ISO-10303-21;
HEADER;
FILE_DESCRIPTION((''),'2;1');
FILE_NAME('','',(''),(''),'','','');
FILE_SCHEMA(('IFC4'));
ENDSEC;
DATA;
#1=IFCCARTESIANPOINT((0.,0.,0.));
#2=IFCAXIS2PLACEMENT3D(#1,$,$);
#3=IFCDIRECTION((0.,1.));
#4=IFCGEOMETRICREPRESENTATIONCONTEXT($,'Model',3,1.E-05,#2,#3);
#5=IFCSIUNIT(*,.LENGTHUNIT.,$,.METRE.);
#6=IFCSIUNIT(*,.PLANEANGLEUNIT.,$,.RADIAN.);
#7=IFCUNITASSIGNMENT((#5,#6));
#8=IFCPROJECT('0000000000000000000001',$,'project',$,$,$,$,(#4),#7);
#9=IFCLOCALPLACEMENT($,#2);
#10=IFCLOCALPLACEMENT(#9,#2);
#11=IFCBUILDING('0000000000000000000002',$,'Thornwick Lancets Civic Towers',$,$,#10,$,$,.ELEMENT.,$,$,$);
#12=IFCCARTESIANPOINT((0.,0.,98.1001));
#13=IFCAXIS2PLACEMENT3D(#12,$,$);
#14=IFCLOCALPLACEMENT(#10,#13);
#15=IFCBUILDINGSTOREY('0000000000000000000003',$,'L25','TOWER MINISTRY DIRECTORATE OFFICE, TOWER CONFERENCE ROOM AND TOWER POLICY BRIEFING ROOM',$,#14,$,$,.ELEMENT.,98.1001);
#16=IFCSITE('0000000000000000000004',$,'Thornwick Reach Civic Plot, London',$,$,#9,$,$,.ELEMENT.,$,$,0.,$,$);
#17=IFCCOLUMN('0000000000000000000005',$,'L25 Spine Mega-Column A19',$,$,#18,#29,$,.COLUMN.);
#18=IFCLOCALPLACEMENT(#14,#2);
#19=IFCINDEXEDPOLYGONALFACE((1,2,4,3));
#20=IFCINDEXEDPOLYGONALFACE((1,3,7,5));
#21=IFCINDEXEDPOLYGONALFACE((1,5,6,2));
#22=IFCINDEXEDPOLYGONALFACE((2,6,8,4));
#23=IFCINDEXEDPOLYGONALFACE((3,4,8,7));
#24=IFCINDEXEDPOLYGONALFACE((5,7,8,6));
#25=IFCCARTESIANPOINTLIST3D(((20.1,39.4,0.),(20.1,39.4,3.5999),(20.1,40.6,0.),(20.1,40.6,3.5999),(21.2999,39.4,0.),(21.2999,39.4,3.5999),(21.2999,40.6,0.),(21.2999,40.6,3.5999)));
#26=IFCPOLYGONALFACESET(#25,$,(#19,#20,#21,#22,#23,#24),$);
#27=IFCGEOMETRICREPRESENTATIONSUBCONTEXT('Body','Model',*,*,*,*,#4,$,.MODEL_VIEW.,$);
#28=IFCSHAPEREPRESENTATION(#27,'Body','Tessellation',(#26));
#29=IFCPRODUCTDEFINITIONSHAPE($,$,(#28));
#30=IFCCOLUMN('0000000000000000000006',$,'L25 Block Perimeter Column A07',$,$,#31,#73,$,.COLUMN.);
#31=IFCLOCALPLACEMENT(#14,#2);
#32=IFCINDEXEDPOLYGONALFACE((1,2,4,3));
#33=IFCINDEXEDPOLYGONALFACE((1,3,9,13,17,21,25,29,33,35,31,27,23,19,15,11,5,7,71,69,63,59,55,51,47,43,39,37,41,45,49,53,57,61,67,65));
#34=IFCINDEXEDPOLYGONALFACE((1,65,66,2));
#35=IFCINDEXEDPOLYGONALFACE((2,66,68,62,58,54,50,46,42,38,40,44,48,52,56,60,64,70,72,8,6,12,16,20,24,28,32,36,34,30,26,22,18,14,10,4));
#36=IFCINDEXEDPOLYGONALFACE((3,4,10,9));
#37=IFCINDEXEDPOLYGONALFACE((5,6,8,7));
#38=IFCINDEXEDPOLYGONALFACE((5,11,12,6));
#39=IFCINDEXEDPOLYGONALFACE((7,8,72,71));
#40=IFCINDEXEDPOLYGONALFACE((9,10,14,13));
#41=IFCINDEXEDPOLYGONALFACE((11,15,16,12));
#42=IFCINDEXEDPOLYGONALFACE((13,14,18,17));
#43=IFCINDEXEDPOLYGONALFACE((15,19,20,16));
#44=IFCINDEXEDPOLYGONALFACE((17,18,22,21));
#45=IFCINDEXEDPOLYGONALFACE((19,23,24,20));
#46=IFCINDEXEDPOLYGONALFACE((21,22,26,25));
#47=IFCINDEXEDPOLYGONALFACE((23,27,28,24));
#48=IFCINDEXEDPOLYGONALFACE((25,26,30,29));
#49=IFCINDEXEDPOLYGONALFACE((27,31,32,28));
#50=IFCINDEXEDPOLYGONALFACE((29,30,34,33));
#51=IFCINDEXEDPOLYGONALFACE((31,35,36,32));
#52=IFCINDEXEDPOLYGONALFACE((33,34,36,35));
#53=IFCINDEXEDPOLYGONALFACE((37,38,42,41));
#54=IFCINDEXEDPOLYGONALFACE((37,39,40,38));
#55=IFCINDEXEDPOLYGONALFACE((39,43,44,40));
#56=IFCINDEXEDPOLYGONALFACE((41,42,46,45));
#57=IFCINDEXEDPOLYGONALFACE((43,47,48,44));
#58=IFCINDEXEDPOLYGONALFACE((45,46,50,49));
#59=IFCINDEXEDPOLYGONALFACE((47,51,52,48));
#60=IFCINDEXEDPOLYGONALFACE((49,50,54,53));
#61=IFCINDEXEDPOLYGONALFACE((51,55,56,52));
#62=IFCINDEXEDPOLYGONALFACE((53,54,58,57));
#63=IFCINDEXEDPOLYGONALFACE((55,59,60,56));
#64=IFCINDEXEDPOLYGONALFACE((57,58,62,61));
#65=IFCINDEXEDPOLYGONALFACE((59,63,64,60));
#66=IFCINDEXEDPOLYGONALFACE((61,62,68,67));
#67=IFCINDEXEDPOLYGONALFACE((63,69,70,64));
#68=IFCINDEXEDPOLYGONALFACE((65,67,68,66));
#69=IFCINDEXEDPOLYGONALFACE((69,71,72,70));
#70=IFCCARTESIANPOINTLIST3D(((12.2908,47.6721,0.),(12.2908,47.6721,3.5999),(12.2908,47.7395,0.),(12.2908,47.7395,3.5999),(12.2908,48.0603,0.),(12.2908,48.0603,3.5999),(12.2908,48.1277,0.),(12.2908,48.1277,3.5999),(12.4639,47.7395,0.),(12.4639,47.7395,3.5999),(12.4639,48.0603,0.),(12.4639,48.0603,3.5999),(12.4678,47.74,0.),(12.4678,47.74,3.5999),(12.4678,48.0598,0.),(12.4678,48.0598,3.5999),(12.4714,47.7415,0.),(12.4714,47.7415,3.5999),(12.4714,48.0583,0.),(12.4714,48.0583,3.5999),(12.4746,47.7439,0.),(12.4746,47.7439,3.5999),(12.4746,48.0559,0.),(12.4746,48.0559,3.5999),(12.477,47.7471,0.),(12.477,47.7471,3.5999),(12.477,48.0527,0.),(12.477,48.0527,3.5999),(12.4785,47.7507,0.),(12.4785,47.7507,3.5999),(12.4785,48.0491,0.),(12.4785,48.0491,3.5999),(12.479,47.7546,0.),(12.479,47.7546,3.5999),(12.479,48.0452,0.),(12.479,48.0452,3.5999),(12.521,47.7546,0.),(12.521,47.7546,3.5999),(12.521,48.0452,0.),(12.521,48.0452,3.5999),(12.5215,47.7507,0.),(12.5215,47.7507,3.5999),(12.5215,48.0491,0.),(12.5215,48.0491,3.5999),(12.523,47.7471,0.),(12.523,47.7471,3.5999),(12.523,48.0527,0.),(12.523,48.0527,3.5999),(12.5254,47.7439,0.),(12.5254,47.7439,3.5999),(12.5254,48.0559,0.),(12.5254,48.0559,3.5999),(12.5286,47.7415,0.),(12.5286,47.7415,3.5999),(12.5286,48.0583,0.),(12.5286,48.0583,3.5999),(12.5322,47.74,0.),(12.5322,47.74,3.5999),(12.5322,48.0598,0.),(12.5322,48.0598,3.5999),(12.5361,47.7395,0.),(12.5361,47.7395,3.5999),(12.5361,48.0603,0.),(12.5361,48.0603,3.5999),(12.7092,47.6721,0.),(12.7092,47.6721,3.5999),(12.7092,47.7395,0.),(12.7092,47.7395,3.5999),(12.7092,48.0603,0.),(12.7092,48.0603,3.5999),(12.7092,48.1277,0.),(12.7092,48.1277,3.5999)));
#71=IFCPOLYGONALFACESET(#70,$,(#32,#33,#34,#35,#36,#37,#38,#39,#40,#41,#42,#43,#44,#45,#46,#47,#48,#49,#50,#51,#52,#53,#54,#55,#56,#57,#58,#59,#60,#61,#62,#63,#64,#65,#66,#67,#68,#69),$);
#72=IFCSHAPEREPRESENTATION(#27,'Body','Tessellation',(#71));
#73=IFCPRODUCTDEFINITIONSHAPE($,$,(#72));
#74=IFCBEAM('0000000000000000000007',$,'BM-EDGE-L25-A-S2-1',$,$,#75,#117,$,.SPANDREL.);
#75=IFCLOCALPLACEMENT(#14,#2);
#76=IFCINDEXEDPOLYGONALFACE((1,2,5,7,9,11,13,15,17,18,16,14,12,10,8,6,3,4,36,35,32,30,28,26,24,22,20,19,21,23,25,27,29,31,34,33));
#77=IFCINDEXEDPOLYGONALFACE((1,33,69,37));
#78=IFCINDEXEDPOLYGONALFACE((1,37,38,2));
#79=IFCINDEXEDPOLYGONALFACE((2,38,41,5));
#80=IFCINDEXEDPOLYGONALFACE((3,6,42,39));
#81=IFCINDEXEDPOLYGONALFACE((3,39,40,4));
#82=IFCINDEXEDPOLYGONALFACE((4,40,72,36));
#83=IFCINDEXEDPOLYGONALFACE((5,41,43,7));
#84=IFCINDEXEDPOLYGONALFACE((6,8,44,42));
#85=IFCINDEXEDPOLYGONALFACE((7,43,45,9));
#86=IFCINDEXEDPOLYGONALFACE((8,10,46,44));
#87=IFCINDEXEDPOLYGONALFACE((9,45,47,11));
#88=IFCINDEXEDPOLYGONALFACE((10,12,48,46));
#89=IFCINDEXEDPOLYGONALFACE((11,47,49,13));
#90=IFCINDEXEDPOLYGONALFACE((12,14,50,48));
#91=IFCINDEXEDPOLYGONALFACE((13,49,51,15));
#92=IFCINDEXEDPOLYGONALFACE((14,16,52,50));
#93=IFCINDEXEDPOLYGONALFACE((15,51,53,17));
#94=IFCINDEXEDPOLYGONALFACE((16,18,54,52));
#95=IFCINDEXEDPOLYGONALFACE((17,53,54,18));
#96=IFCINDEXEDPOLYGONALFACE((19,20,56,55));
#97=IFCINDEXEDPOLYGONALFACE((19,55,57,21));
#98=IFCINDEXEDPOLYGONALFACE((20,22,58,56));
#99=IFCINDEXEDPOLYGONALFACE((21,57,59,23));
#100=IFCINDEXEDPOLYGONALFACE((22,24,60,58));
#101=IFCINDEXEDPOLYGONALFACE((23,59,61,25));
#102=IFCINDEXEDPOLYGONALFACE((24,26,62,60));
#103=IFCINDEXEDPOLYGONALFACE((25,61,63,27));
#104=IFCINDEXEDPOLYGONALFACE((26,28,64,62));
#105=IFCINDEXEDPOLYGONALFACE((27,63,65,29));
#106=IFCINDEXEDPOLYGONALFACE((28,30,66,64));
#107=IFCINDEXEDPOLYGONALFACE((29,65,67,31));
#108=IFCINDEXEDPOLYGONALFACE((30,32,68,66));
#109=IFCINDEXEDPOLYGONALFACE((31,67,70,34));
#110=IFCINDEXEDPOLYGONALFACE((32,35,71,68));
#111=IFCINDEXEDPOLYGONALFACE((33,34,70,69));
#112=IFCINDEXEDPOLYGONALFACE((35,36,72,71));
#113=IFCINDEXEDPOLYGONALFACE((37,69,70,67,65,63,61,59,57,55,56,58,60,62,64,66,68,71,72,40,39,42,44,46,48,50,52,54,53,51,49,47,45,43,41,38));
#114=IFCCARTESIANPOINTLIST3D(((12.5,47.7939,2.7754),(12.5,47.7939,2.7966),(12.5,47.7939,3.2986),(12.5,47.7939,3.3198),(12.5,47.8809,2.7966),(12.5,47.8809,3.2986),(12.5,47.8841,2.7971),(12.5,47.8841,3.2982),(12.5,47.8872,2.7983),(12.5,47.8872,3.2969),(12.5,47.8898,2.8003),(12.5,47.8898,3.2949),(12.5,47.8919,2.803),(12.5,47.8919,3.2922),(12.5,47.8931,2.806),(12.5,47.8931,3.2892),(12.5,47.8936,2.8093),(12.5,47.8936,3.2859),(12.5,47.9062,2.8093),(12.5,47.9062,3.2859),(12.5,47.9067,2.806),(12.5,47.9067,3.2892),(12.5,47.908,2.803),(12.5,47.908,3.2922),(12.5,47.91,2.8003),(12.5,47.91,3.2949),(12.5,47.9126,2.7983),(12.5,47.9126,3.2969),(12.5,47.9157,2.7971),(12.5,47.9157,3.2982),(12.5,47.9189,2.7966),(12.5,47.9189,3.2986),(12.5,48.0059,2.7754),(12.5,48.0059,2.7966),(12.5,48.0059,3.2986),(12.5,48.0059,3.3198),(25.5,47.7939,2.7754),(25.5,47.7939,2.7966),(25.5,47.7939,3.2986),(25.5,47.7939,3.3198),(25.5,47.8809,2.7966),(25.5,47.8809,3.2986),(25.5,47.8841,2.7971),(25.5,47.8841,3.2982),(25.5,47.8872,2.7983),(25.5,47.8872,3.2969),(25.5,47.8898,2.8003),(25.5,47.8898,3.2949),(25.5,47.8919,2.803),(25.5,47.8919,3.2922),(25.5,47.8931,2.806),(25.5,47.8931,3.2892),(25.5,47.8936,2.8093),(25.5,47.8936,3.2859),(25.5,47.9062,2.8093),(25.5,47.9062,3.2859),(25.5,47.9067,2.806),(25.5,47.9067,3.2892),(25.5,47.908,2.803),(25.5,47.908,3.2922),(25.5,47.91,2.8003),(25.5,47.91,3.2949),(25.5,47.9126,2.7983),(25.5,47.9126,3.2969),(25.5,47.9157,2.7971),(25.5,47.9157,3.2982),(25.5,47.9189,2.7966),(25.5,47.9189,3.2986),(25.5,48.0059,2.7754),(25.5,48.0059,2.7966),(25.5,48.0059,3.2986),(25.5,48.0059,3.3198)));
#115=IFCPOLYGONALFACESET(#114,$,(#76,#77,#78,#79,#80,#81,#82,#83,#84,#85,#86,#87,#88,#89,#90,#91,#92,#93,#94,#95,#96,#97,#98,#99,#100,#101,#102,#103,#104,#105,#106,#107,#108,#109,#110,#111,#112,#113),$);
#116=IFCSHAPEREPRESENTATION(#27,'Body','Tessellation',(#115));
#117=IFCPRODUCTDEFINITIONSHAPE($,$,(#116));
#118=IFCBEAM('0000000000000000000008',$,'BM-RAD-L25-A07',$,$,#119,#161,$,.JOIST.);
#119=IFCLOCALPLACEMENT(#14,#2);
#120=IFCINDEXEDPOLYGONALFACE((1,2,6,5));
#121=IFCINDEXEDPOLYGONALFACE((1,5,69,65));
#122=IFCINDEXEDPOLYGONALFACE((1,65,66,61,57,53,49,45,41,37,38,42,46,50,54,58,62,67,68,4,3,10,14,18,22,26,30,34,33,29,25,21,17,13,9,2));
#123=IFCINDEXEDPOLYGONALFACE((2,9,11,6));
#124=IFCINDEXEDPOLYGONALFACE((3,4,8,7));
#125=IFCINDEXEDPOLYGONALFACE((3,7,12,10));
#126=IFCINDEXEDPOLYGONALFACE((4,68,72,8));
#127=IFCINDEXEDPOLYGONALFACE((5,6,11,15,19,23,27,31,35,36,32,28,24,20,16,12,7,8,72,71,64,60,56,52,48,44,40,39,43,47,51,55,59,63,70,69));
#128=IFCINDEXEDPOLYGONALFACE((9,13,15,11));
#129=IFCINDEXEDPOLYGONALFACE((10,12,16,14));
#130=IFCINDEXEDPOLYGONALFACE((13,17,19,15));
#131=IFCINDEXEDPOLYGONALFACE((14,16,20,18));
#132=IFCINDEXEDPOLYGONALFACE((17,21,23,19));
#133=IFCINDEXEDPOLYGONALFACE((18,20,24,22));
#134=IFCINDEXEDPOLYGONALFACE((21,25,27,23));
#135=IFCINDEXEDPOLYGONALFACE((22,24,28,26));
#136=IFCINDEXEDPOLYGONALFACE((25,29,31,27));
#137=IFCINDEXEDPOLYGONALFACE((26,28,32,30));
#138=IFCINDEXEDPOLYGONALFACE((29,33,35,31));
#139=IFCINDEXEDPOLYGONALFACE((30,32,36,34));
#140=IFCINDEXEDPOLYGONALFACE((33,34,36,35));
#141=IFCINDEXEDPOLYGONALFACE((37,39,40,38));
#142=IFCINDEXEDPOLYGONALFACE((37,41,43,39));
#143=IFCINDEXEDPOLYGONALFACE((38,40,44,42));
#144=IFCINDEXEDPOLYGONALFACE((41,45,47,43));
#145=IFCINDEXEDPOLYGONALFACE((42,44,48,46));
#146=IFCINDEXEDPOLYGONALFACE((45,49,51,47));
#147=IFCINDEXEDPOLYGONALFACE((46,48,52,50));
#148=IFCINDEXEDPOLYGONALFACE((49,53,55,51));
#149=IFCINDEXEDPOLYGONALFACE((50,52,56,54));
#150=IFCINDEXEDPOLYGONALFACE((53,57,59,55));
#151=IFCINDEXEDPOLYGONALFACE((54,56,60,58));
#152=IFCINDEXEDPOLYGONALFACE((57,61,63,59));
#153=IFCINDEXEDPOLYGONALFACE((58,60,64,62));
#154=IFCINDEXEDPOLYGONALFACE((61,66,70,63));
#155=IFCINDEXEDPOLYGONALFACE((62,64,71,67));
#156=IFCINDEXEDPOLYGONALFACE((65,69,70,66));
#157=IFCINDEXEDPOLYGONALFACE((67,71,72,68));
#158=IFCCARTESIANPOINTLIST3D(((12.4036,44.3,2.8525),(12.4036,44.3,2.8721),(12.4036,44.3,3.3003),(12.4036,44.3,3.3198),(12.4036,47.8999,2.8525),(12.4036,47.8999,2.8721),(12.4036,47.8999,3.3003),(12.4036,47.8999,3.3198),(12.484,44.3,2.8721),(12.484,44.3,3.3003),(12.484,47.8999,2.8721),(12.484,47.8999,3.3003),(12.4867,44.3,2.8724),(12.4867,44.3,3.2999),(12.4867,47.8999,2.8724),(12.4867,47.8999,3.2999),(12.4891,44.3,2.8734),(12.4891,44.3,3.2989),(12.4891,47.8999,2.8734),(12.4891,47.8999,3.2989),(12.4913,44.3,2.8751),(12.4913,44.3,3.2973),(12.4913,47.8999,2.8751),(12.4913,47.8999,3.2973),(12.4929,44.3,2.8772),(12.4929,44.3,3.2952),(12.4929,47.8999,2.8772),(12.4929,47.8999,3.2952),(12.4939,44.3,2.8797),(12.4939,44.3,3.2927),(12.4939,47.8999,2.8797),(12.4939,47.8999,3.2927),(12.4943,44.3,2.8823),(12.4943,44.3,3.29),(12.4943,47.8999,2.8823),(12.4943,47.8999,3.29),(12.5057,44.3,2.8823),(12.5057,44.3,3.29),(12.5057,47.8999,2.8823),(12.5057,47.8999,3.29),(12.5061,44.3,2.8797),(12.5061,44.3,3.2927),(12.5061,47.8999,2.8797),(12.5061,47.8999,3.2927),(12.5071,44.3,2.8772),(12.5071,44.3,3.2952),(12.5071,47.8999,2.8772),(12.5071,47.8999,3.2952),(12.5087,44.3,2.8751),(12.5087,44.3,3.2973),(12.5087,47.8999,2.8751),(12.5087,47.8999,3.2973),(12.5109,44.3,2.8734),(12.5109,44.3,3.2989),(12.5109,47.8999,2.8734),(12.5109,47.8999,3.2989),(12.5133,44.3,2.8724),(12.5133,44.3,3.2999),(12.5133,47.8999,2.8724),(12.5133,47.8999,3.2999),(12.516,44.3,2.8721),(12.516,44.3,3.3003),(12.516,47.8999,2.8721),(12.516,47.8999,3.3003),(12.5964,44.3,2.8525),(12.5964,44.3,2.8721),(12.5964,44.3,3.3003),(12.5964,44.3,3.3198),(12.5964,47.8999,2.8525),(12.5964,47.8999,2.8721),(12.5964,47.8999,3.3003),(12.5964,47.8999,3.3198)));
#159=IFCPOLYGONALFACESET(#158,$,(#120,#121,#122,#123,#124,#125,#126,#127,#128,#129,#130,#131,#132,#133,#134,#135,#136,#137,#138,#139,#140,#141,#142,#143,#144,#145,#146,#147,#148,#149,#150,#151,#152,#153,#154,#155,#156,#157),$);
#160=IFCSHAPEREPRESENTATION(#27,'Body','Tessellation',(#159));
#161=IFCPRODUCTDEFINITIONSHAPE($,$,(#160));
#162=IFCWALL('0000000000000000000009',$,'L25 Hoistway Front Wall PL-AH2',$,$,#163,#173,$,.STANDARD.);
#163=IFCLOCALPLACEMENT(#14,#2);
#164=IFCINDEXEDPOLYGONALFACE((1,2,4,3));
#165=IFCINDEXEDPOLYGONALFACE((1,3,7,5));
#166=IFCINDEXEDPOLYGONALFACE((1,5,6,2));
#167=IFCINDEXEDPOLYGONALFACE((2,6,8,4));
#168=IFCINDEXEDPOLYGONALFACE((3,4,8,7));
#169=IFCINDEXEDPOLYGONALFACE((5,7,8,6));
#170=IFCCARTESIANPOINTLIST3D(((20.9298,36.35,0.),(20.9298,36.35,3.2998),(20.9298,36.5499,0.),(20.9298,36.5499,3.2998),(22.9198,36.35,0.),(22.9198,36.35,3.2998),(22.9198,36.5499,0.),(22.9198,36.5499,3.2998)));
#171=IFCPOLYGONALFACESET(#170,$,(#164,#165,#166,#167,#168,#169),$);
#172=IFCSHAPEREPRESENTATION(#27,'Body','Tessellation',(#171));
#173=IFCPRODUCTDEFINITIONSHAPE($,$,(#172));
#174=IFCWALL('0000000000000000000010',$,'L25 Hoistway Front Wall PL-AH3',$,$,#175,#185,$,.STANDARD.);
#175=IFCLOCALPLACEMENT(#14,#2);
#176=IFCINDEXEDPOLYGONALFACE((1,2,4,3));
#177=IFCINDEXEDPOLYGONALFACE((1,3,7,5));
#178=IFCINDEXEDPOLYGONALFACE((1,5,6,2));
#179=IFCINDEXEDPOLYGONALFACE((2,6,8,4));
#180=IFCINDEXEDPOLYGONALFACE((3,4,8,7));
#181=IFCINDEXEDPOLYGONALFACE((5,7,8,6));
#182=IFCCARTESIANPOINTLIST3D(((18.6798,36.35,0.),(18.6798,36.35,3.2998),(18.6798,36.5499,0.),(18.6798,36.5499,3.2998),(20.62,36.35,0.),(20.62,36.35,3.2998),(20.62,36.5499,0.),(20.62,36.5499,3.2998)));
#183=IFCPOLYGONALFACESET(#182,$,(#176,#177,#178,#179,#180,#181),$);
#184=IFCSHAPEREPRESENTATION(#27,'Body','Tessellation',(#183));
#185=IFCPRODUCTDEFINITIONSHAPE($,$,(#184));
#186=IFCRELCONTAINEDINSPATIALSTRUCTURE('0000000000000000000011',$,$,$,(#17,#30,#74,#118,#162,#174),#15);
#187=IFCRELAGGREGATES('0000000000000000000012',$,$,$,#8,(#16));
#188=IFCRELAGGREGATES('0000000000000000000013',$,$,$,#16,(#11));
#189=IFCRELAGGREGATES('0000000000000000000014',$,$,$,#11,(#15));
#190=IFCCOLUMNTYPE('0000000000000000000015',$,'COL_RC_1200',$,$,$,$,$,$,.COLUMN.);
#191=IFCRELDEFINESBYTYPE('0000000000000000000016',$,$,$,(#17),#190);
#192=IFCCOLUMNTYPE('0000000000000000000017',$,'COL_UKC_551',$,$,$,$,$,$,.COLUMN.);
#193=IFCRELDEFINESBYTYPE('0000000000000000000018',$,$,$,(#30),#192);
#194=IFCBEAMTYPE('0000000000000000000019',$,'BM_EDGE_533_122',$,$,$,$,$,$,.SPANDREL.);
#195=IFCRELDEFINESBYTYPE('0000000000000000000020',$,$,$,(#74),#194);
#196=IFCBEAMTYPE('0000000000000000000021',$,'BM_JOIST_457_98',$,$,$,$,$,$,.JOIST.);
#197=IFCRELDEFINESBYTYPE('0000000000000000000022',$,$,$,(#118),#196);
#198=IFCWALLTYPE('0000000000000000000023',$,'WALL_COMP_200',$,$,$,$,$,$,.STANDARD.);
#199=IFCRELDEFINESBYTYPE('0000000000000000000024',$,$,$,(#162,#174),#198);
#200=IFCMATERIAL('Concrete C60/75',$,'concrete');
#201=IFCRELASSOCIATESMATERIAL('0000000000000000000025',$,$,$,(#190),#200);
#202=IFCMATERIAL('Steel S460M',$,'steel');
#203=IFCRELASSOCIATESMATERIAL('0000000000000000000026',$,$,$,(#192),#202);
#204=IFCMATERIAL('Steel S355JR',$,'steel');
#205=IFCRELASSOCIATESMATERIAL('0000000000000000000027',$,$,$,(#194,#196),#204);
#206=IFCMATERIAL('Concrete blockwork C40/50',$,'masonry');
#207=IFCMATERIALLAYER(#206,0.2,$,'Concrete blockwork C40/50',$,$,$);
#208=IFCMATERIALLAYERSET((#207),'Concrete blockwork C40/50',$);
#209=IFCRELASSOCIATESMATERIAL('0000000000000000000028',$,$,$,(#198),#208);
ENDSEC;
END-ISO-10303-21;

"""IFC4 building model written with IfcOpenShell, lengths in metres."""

from ifc_helpers import new_model, si_unit, direction, frame, frame_2d, origin, origin_2d, place, context, subcontext, project, spatial, rectangle, i_section, extrude, material, layer, layer_set, material_profile, profile_set, type_object, element, save


model = new_model("IFC4")

# Units and contexts
model_context = context("Model", 3, precision=1e-05, world=origin(), true_north=direction((0.0, 1.0)))
body_context = subcontext(model_context, "Body", "Model", "MODEL_VIEW")
ifc_project = project(units=[si_unit("LENGTHUNIT", "METRE"), si_unit("PLANEANGLEUNIT", "RADIAN")], contexts=[model_context])

# Site, building, storey
site_placement = place(None, origin())
site = spatial("IfcSite", under=ifc_project, at=site_placement, Name="Thornwick Reach Civic Plot, London", CompositionType="ELEMENT", RefElevation=0.0)
building_placement = place(site_placement, origin())
building = spatial("IfcBuilding", under=site, at=building_placement, Name="Thornwick Lancets Civic Towers", CompositionType="ELEMENT")
storey_placement = place(building_placement, frame((0.0, 0.0, 98.1001)))
storey = spatial("IfcBuildingStorey", under=building, at=storey_placement, Name="L25", Description="TOWER MINISTRY DIRECTORATE OFFICE, TOWER CONFERENCE ROOM AND TOWER POLICY BRIEFING ROOM", CompositionType="ELEMENT", Elevation=98.1001)

# Columns
ifc_material_1 = material(Name="Concrete C60/75", Category="concrete")
ifc_material_profile_1 = material_profile(ifc_material_1, rectangle(XDim=1.2, YDim=1.2, at=origin_2d()), Name="RC 1200x1200")
ifc_profile_set_1 = profile_set([ifc_material_profile_1], Name="Concrete C60/75")
column_type_1 = type_object("IfcColumnType", Name="COL_RC_1200", PredefinedType="COLUMN", material=ifc_profile_set_1)
column_1_placement = place(storey_placement, frame((20.7, 40.0, 0.0), z_axis=(0.0, 0.0, 1.0), x_axis=(1.0, 0.0, 0.0)))
element("IfcColumn", 1, at=column_1_placement, inside=storey, type_object=column_type_1, Name="L25 Spine Mega-Column A19", PredefinedType="COLUMN", context=body_context, shape_type="SweptSolid", body=[
    extrude(rectangle(XDim=1.2, YDim=1.2, at=origin_2d()), origin(), (0.0, 0.0, 1.0), 3.5999),
])
ifc_material_2 = material(Name="Steel S460M", Category="steel")
ifc_material_profile_2 = material_profile(ifc_material_2, i_section(OverallWidth=0.4185, OverallDepth=0.4556, WebThickness=0.042, FlangeThickness=0.0674, FilletRadius=0.0151, at=origin_2d()), Name="UKC 356x406x551")
ifc_profile_set_2 = profile_set([ifc_material_profile_2], Name="Steel S460M")
column_type_2 = type_object("IfcColumnType", Name="COL_UKC_551", PredefinedType="COLUMN", material=ifc_profile_set_2)
column_2_placement = place(storey_placement, frame((12.5, 47.8999, 0.0), z_axis=(0.0, 0.0, 1.0), x_axis=(1.0, 0.0, 0.0)))
element("IfcColumn", 2, at=column_2_placement, inside=storey, type_object=column_type_2, Name="L25 Block Perimeter Column A07", PredefinedType="COLUMN", context=body_context, shape_type="SweptSolid", body=[
    extrude(i_section(OverallWidth=0.4185, OverallDepth=0.4556, WebThickness=0.042, FlangeThickness=0.0674, FilletRadius=0.0151, at=origin_2d()), origin(), (0.0, 0.0, 1.0), 3.5999),
])

# Beams
ifc_material_3 = material(Name="Steel S355JR", Category="steel")
ifc_material_profile_3 = material_profile(ifc_material_3, i_section(OverallWidth=0.2119, OverallDepth=0.5444, WebThickness=0.0127, FlangeThickness=0.0212, FilletRadius=0.0127, at=origin_2d()), Name="UKB 533x210x122")
ifc_profile_set_3 = profile_set([ifc_material_profile_3], Name="Steel S355JR")
beam_type_1 = type_object("IfcBeamType", Name="BM_EDGE_533_122", PredefinedType="SPANDREL", material=ifc_profile_set_3)
beam_1_placement = place(storey_placement, frame((12.5, 47.8999, 3.0476), z_axis=(1.0, 0.0, 0.0), x_axis=(0.0, 1.0, 0.0)))
element("IfcBeam", 3, at=beam_1_placement, inside=storey, type_object=beam_type_1, Name="BM-EDGE-L25-A-S2-1", PredefinedType="SPANDREL", context=body_context, shape_type="SweptSolid", body=[
    extrude(i_section(OverallWidth=0.2119, OverallDepth=0.5444, WebThickness=0.0127, FlangeThickness=0.0212, FilletRadius=0.0127, at=origin_2d()), origin(), (0.0, 0.0, 1.0), 13.0),
])
ifc_material_profile_4 = material_profile(ifc_material_3, i_section(OverallWidth=0.1929, OverallDepth=0.4673, WebThickness=0.0115, FlangeThickness=0.0195, FilletRadius=0.0103, at=origin_2d()), Name="UKB 457x191x98")
ifc_profile_set_4 = profile_set([ifc_material_profile_4], Name="Steel S355JR")
beam_type_2 = type_object("IfcBeamType", Name="BM_JOIST_457_98", PredefinedType="JOIST", material=ifc_profile_set_4)
beam_2_placement = place(storey_placement, frame((12.5, 44.3, 3.0862), z_axis=(0.0, 1.0, 0.0), x_axis=(-1.0, 0.0, 0.0)))
element("IfcBeam", 4, at=beam_2_placement, inside=storey, type_object=beam_type_2, Name="BM-RAD-L25-A07", PredefinedType="JOIST", context=body_context, shape_type="SweptSolid", body=[
    extrude(i_section(OverallWidth=0.1929, OverallDepth=0.4673, WebThickness=0.0115, FlangeThickness=0.0195, FilletRadius=0.0103, at=origin_2d()), origin(), (0.0, 0.0, 1.0), 3.5999),
])

# Walls
ifc_material_4 = material(Name="Concrete blockwork C40/50", Category="masonry")
ifc_layer_1 = layer(ifc_material_4, 0.2, Name="Concrete blockwork C40/50")
ifc_layer_set_1 = layer_set([ifc_layer_1], Name="Concrete blockwork C40/50")
wall_type_1 = type_object("IfcWallType", Name="WALL_COMP_200", PredefinedType="STANDARD", material=ifc_layer_set_1)
wall_1_placement = place(storey_placement, frame((22.9199, 36.45, 0.0), z_axis=(0.0, 0.0, 1.0), x_axis=(-1.0, 0.0, 0.0)))
element("IfcWall", 5, at=wall_1_placement, inside=storey, type_object=wall_type_1, Name="L25 Hoistway Front Wall PL-AH2", PredefinedType="STANDARD", context=body_context, shape_type="SweptSolid", body=[
    extrude(rectangle(XDim=1.99, YDim=0.2, at=frame_2d((0.9951, 0.0))), origin(), (0.0, 0.0, 1.0), 3.2998),
])
wall_2_placement = place(storey_placement, frame((20.6201, 36.45, 0.0), z_axis=(0.0, 0.0, 1.0), x_axis=(-1.0, 0.0, 0.0)))
element("IfcWall", 6, at=wall_2_placement, inside=storey, type_object=wall_type_1, Name="L25 Hoistway Front Wall PL-AH3", PredefinedType="STANDARD", context=body_context, shape_type="SweptSolid", body=[
    extrude(rectangle(XDim=1.9402, YDim=0.2, at=frame_2d((0.9702, 0.0))), origin(), (0.0, 0.0, 1.0), 3.2998),
])

save(model, "model.ifc")
